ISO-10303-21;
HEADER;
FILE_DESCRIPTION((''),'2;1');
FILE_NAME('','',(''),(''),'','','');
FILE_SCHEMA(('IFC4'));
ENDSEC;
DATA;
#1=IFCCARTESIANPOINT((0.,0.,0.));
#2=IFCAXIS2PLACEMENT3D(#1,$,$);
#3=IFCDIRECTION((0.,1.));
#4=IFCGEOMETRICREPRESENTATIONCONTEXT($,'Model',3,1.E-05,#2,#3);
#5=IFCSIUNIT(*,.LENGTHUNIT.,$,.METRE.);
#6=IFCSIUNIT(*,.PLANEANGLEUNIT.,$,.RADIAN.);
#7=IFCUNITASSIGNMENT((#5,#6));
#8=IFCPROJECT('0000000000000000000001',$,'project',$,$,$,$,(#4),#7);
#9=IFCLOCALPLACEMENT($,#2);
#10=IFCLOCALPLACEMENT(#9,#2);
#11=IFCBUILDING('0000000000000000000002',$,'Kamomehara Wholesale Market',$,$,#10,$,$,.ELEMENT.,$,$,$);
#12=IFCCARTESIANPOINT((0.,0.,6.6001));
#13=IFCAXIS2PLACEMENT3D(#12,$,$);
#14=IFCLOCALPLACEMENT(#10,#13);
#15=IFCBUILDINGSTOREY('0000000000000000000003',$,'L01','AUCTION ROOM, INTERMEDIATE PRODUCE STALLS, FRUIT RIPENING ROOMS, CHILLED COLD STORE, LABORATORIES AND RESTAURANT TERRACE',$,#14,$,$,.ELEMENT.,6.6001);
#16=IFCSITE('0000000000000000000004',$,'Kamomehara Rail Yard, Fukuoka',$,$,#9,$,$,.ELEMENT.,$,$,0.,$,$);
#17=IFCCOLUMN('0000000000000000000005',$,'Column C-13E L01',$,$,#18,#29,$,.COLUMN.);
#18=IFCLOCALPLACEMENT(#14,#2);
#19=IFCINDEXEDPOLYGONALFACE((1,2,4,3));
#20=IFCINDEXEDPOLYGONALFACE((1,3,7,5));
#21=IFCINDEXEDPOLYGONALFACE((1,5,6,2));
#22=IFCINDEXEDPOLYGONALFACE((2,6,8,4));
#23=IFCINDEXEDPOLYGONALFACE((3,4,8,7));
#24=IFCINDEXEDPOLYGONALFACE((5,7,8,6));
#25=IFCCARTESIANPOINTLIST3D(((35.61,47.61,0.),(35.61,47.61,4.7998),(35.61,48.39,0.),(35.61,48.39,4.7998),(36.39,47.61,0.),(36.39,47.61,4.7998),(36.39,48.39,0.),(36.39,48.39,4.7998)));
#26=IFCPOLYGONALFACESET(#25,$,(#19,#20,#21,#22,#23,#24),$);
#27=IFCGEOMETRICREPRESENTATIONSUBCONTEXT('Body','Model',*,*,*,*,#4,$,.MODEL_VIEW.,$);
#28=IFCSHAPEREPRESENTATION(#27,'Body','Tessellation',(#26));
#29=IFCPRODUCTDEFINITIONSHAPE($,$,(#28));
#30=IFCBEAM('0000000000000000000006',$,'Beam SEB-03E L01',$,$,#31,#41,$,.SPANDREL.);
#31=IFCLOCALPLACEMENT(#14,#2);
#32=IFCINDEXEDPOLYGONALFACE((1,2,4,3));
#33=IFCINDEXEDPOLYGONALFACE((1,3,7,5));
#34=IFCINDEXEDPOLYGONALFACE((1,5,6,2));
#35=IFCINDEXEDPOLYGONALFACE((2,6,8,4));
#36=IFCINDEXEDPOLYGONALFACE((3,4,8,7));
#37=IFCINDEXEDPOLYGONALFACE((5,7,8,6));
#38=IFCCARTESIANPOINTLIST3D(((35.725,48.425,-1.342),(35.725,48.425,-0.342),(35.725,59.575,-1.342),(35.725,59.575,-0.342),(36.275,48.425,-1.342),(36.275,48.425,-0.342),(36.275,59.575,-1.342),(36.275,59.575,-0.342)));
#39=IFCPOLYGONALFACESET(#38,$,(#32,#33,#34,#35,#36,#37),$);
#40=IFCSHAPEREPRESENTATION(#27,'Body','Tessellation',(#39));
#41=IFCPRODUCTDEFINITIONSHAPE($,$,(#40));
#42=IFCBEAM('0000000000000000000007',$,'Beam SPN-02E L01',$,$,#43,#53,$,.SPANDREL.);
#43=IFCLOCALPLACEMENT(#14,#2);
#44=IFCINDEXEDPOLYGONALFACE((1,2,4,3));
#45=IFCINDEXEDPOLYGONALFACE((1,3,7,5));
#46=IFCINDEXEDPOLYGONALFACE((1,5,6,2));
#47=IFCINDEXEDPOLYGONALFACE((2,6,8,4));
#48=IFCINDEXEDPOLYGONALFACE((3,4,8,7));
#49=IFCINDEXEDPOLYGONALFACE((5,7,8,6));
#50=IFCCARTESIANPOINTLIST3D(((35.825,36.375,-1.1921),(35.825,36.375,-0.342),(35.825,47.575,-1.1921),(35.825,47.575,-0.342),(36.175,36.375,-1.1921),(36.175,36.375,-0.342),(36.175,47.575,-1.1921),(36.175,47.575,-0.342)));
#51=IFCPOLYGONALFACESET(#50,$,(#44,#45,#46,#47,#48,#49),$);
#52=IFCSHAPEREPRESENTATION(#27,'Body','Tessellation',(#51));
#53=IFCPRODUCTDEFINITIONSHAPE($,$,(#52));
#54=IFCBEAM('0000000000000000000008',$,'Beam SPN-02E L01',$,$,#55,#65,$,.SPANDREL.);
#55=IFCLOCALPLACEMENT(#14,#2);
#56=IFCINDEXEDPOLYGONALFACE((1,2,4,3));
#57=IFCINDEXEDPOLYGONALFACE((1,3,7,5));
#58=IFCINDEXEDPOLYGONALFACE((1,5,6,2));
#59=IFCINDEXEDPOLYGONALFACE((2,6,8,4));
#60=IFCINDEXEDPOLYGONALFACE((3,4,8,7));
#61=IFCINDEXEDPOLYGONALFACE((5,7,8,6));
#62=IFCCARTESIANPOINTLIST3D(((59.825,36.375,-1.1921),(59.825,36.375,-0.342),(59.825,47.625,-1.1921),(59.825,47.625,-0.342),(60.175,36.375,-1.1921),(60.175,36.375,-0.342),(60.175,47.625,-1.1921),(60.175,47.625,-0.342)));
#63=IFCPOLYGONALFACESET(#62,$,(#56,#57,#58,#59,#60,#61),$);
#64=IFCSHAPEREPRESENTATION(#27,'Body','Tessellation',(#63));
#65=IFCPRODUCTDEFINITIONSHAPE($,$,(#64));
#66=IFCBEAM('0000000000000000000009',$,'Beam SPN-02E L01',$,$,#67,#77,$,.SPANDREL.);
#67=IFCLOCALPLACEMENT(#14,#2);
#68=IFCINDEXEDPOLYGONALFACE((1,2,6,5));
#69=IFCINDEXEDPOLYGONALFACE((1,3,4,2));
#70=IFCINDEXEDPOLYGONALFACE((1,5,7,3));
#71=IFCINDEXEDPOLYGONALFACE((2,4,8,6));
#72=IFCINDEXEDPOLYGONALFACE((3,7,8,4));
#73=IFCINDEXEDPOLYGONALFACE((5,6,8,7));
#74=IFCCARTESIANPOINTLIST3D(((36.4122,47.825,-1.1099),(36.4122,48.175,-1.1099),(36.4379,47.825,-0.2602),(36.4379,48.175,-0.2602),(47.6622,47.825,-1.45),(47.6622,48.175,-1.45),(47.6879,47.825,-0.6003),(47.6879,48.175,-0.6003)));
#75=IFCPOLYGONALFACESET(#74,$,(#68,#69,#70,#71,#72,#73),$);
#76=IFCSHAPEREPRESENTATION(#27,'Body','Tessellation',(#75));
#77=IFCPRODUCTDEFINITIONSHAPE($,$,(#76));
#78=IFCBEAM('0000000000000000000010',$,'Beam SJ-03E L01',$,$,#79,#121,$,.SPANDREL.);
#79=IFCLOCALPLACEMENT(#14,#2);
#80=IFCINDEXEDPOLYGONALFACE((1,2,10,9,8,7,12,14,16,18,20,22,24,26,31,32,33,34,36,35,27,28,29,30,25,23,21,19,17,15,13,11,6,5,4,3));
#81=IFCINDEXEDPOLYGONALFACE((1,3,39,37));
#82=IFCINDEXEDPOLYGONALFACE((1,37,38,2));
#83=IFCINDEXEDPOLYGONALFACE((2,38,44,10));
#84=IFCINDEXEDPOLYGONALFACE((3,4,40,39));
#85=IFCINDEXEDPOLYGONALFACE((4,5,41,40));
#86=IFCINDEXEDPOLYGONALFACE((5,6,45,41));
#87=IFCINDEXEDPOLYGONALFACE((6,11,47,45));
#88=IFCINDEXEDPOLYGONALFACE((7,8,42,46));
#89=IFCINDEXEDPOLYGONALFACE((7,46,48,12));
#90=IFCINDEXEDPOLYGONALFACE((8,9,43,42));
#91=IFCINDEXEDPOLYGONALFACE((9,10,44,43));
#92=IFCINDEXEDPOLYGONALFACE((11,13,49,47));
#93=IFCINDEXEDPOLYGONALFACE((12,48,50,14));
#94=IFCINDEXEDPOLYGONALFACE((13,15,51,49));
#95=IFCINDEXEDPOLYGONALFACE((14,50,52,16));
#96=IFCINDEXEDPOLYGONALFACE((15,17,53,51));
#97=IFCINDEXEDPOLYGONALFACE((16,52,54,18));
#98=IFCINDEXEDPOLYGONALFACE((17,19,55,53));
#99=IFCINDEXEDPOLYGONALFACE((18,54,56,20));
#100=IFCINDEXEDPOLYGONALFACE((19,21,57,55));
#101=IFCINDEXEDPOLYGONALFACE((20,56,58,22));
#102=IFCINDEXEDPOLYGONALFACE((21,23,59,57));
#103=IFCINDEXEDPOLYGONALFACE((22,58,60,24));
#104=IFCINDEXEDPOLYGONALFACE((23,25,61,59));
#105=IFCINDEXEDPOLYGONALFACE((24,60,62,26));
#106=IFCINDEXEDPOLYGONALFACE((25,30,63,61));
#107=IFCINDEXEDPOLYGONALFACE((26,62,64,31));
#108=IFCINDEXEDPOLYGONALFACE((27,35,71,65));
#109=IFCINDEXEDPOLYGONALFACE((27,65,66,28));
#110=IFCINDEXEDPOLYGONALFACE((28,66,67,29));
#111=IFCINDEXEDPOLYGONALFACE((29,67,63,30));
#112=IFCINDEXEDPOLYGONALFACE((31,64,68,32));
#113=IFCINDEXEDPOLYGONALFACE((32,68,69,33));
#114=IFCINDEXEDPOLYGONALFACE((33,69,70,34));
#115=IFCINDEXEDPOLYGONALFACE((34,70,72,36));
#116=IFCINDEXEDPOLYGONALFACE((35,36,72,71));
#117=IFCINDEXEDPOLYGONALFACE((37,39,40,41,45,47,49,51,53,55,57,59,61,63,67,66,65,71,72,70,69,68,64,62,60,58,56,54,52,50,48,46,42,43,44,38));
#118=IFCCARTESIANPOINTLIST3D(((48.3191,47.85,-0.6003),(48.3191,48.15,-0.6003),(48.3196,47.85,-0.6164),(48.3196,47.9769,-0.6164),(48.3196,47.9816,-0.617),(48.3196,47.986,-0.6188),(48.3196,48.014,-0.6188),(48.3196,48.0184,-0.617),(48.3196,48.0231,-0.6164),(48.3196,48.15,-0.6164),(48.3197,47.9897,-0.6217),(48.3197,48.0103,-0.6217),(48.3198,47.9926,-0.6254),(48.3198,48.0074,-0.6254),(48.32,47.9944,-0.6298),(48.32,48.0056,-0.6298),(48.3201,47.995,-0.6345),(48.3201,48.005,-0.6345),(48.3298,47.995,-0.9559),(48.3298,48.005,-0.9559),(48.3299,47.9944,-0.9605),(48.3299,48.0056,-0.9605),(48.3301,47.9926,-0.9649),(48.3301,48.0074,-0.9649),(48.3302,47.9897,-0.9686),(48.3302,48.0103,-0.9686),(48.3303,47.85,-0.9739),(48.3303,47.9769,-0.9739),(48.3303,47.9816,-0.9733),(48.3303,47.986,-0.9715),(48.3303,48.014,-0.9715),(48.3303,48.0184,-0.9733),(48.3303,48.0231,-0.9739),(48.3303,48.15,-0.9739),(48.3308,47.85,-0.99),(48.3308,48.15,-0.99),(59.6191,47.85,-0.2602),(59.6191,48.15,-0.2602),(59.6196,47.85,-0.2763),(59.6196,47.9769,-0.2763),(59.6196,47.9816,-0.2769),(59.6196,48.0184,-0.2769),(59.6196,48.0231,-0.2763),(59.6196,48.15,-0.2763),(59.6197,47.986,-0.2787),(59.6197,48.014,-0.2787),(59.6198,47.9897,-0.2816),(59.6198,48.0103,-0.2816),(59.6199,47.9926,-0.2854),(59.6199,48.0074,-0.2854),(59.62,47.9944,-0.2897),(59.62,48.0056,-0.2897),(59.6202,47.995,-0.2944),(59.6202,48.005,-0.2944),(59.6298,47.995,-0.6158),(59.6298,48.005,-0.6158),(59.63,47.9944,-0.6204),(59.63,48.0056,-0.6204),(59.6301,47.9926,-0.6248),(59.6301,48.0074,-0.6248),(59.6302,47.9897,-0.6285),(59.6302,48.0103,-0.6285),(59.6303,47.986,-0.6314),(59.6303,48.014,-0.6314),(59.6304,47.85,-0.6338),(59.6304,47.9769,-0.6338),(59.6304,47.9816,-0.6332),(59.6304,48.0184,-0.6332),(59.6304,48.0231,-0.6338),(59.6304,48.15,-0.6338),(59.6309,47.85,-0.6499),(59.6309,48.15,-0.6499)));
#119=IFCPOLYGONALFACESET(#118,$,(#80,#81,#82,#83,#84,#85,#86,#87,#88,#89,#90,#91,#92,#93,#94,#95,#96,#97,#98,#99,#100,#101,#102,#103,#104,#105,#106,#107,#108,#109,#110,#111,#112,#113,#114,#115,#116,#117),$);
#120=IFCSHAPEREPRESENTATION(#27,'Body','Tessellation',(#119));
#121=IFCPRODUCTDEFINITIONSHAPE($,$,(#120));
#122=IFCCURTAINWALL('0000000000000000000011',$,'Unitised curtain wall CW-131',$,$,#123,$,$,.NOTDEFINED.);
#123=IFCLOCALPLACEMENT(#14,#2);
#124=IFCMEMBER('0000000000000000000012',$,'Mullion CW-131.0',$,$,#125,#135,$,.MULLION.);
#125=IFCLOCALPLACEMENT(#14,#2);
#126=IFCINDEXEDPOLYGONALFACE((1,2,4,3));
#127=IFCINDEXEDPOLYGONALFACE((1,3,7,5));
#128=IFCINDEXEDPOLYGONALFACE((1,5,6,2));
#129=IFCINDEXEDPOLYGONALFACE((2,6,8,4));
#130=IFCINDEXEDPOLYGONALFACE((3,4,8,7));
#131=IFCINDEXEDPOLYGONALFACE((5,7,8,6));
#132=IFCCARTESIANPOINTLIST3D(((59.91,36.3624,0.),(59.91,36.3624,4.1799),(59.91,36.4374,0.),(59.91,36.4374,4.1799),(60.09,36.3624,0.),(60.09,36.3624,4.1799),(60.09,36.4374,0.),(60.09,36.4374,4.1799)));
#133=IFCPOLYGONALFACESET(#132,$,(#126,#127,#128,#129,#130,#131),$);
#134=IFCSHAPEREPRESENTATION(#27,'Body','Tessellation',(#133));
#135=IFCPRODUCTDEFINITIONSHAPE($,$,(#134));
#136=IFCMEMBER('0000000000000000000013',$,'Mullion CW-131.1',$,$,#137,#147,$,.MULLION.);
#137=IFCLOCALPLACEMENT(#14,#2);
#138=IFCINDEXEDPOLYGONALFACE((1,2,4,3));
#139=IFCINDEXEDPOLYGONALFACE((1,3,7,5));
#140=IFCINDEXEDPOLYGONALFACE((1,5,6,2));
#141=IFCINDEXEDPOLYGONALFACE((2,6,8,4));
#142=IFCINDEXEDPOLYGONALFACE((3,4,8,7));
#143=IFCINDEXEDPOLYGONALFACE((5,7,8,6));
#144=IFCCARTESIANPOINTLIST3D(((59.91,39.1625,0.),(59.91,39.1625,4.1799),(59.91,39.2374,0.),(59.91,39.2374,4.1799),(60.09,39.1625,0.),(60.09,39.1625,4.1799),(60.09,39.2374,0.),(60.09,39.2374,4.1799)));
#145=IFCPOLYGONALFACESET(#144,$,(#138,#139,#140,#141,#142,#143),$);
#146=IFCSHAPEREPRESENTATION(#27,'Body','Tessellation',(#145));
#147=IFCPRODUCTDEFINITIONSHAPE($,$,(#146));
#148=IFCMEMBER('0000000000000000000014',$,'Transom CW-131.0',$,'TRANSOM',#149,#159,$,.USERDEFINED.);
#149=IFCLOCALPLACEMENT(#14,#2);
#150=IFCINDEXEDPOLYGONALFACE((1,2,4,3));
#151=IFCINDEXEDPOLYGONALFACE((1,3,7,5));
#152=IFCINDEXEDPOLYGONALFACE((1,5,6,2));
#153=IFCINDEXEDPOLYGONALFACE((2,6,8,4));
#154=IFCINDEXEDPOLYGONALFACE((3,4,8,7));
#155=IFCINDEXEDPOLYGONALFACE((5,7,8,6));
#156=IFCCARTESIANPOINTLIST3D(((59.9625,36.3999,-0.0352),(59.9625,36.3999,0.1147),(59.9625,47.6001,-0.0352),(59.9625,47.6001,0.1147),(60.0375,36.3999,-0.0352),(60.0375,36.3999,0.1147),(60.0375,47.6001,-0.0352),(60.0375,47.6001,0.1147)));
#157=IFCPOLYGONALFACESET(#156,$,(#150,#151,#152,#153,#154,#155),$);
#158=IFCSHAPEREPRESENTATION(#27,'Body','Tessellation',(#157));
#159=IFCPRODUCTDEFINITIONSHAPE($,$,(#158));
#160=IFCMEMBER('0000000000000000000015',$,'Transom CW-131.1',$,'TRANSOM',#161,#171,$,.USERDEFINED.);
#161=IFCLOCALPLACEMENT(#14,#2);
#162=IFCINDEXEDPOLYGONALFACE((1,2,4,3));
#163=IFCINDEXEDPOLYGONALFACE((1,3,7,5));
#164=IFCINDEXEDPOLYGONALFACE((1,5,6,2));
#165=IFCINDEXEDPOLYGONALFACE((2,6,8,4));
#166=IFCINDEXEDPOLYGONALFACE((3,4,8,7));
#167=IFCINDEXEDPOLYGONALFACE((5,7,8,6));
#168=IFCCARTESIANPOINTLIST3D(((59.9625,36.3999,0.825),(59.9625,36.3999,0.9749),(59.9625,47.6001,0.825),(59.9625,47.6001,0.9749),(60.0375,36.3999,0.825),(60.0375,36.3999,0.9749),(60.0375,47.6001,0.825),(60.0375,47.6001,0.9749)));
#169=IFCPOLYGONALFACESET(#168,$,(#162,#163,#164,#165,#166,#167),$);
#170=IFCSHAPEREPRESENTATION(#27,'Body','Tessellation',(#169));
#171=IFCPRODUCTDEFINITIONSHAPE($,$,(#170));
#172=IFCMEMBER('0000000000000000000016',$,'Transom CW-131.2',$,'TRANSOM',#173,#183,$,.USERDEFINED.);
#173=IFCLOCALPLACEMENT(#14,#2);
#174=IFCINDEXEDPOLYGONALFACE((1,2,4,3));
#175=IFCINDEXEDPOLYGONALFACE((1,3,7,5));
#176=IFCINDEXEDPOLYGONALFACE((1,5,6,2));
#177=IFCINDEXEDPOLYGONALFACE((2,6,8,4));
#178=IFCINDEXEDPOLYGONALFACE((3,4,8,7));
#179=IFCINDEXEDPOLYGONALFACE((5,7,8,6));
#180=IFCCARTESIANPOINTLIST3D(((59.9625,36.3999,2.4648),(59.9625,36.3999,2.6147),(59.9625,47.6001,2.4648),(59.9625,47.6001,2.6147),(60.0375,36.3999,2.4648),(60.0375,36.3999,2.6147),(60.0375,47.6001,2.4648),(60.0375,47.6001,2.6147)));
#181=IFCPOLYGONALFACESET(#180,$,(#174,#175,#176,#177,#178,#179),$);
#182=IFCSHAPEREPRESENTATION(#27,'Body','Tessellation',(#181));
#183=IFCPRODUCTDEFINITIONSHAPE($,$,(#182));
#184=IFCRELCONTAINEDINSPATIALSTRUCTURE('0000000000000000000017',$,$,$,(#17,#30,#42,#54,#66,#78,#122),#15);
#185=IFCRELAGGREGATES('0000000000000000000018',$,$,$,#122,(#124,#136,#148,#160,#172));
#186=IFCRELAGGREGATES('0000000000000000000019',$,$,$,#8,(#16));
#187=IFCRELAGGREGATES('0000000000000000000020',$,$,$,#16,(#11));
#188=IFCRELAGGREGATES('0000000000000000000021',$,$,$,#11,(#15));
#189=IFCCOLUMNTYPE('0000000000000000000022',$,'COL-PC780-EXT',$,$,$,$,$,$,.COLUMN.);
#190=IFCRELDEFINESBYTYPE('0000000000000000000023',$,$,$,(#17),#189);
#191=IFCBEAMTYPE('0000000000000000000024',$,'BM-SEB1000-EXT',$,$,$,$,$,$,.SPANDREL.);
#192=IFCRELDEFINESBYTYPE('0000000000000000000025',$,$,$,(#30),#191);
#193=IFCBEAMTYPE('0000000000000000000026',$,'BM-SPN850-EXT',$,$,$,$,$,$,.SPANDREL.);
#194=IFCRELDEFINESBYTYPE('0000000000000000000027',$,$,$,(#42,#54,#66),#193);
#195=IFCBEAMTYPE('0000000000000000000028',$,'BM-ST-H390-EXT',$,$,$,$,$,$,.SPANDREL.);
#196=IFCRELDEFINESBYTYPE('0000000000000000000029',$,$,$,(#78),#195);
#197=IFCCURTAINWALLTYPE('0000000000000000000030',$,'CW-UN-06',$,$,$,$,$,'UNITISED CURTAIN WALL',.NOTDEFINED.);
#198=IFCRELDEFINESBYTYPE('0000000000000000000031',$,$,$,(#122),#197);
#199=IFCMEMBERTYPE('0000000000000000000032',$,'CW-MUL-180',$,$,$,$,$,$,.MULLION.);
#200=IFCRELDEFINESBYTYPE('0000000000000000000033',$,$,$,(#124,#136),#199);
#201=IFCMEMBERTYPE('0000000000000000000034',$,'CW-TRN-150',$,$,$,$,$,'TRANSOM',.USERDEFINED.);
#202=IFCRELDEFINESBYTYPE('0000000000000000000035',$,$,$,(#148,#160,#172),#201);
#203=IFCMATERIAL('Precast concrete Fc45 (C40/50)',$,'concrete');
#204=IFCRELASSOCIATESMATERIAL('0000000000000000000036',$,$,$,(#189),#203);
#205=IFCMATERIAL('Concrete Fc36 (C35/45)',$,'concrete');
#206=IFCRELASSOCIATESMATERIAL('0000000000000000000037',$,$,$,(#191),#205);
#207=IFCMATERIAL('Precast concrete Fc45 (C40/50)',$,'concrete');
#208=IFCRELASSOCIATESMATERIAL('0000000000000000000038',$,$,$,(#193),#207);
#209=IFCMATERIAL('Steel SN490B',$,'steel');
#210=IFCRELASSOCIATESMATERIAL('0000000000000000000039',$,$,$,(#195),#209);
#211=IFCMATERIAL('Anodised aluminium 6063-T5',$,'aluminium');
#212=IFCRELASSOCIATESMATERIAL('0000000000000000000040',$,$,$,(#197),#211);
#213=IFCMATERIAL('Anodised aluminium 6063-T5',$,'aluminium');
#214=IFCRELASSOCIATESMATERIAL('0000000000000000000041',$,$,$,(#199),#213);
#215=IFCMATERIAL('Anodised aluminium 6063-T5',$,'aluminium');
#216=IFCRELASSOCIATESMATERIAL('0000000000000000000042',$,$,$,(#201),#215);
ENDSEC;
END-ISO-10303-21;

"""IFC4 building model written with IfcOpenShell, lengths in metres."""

from ifc_helpers import new_model, si_unit, direction, frame, origin, origin_2d, place, context, subcontext, project, spatial, rectangle, i_section, extrude, material, material_profile, profile_set, type_object, element, aggregate, save


model = new_model("IFC4")

# Units and contexts
model_context = context("Model", 3, precision=1e-05, world=origin(), true_north=direction((0.0, 1.0)))
body_context = subcontext(model_context, "Body", "Model", "MODEL_VIEW")
ifc_project = project(units=[si_unit("LENGTHUNIT", "METRE"), si_unit("PLANEANGLEUNIT", "RADIAN")], contexts=[model_context])

# Site, building, storey
site_placement = place(None, origin())
site = spatial("IfcSite", under=ifc_project, at=site_placement, Name="Kamomehara Rail Yard, Fukuoka", CompositionType="ELEMENT", RefElevation=0.0)
building_placement = place(site_placement, origin())
building = spatial("IfcBuilding", under=site, at=building_placement, Name="Kamomehara Wholesale Market", CompositionType="ELEMENT")
storey_placement = place(building_placement, frame((0.0, 0.0, 6.6001)))
storey = spatial("IfcBuildingStorey", under=building, at=storey_placement, Name="L01", Description="AUCTION ROOM, INTERMEDIATE PRODUCE STALLS, FRUIT RIPENING ROOMS, CHILLED COLD STORE, LABORATORIES AND RESTAURANT TERRACE", CompositionType="ELEMENT", Elevation=6.6001)

# Column
ifc_material_1 = material(Name="Precast concrete Fc45 (C40/50)", Category="concrete")
ifc_material_profile_1 = material_profile(ifc_material_1, rectangle(XDim=0.78, YDim=0.78, at=origin_2d()), Name="PC-COL-780x780")
ifc_profile_set_1 = profile_set([ifc_material_profile_1], Name="Precast concrete Fc45 (C40/50)")
column_type = type_object("IfcColumnType", Name="COL-PC780-EXT", PredefinedType="COLUMN", material=ifc_profile_set_1)
column_placement = place(storey_placement, frame((36.0, 48.0, 0.0), z_axis=(0.0, 0.0, 1.0), x_axis=(1.0, 0.0, 0.0)))
element("IfcColumn", 1, at=column_placement, inside=storey, type_object=column_type, Name="Column C-13E L01", PredefinedType="COLUMN", context=body_context, shape_type="SweptSolid", body=[
    extrude(rectangle(XDim=0.78, YDim=0.78, at=origin_2d()), origin(), (0.0, 0.0, 1.0), 4.7998),
])

# Beams
ifc_material_2 = material(Name="Concrete Fc36 (C35/45)", Category="concrete")
ifc_material_profile_2 = material_profile(ifc_material_2, rectangle(XDim=0.55, YDim=1.0, at=origin_2d()), Name="RC-SEB-550x1000")
ifc_profile_set_2 = profile_set([ifc_material_profile_2], Name="Concrete Fc36 (C35/45)")
beam_type_1 = type_object("IfcBeamType", Name="BM-SEB1000-EXT", PredefinedType="SPANDREL", material=ifc_profile_set_2)
beam_1_placement = place(storey_placement, frame((36.0, 48.425, -0.842), z_axis=(0.0, 1.0, 0.0), x_axis=(-1.0, 0.0, 0.0)))
element("IfcBeam", 2, at=beam_1_placement, inside=storey, type_object=beam_type_1, Name="Beam SEB-03E L01", PredefinedType="SPANDREL", context=body_context, shape_type="SweptSolid", body=[
    extrude(rectangle(XDim=0.55, YDim=1.0, at=origin_2d()), origin(), (0.0, 0.0, 1.0), 11.1499),
])
ifc_material_3 = material(Name="Precast concrete Fc45 (C40/50)", Category="concrete")
ifc_material_profile_3 = material_profile(ifc_material_3, rectangle(XDim=0.3501, YDim=0.8501, at=origin_2d()), Name="PC-SPN-350x850")
ifc_profile_set_3 = profile_set([ifc_material_profile_3], Name="Precast concrete Fc45 (C40/50)")
beam_type_2 = type_object("IfcBeamType", Name="BM-SPN850-EXT", PredefinedType="SPANDREL", material=ifc_profile_set_3)
beam_2_placement = place(storey_placement, frame((36.0, 36.375, -0.7671), z_axis=(0.0, 1.0, 0.0), x_axis=(-1.0, 0.0, 0.0)))
element("IfcBeam", 3, at=beam_2_placement, inside=storey, type_object=beam_type_2, Name="Beam SPN-02E L01", PredefinedType="SPANDREL", context=body_context, shape_type="SweptSolid", body=[
    extrude(rectangle(XDim=0.3501, YDim=0.8501, at=origin_2d()), origin(), (0.0, 0.0, 1.0), 11.2),
])
beam_3_placement = place(storey_placement, frame((60.0, 36.375, -0.7671), z_axis=(0.0, 1.0, 0.0), x_axis=(-1.0, 0.0, 0.0)))
element("IfcBeam", 4, at=beam_3_placement, inside=storey, type_object=beam_type_2, Name="Beam SPN-02E L01", PredefinedType="SPANDREL", context=body_context, shape_type="SweptSolid", body=[
    extrude(rectangle(XDim=0.3501, YDim=0.8501, at=origin_2d()), origin(), (0.0, 0.0, 1.0), 11.25),
])
beam_4_placement = place(storey_placement, frame((36.425, 48.0, -0.6851), z_axis=(0.999543, 0.0, -0.030216), x_axis=(0.0, 1.0, 0.0)))
element("IfcBeam", 5, at=beam_4_placement, inside=storey, type_object=beam_type_2, Name="Beam SPN-02E L01", PredefinedType="SPANDREL", context=body_context, shape_type="SweptSolid", body=[
    extrude(rectangle(XDim=0.3501, YDim=0.8501, at=origin_2d()), origin(), (0.0, 0.0, 1.0), 11.2551),
])
ifc_material_4 = material(Name="Steel SN490B", Category="steel")
ifc_material_profile_4 = material_profile(ifc_material_4, i_section(OverallWidth=0.3, OverallDepth=0.3899, WebThickness=0.01, FlangeThickness=0.0161, FilletRadius=0.0181, at=origin_2d()), Name="H-390x300x10x16")
ifc_profile_set_4 = profile_set([ifc_material_profile_4], Name="Steel SN490B")
beam_type_3 = type_object("IfcBeamType", Name="BM-ST-H390-EXT", PredefinedType="SPANDREL", material=ifc_profile_set_4)
beam_5_placement = place(storey_placement, frame((48.325, 48.0, -0.7952), z_axis=(0.999547, 0.0, 0.030083), x_axis=(0.0, 1.0, 0.0)))
element("IfcBeam", 6, at=beam_5_placement, inside=storey, type_object=beam_type_3, Name="Beam SJ-03E L01", PredefinedType="SPANDREL", context=body_context, shape_type="SweptSolid", body=[
    extrude(i_section(OverallWidth=0.3, OverallDepth=0.3899, WebThickness=0.01, FlangeThickness=0.0161, FilletRadius=0.0181, at=origin_2d()), origin(), (0.0, 0.0, 1.0), 11.3052),
])

# Curtain wall, members
ifc_material_5 = material(Name="Anodised aluminium 6063-T5", Category="aluminium")
curtain_wall_type = type_object("IfcCurtainWallType", Name="CW-UN-06", ElementType="UNITISED CURTAIN WALL", PredefinedType="NOTDEFINED", material=ifc_material_5)
curtain_wall_placement = place(storey_placement, origin())
curtain_wall = element("IfcCurtainWall", 7, at=curtain_wall_placement, inside=storey, type_object=curtain_wall_type, Name="Unitised curtain wall CW-131", PredefinedType="NOTDEFINED")
ifc_material_6 = material(Name="Anodised aluminium 6063-T5", Category="aluminium")
ifc_material_profile_5 = material_profile(ifc_material_6, rectangle(XDim=0.075, YDim=0.1799, at=origin_2d()), Name="ALU-MUL-75x180")
ifc_profile_set_5 = profile_set([ifc_material_profile_5], Name="Anodised aluminium 6063-T5")
member_type_1 = type_object("IfcMemberType", Name="CW-MUL-180", PredefinedType="MULLION", material=ifc_profile_set_5)
member_1_placement = place(storey_placement, frame((60.0, 36.3999, 0.0), z_axis=(0.0, 0.0, 1.0), x_axis=(0.0, 1.0, 0.0)))
member_1 = element("IfcMember", 8, at=member_1_placement, type_object=member_type_1, Name="Mullion CW-131.0", PredefinedType="MULLION", context=body_context, shape_type="SweptSolid", body=[
    extrude(rectangle(XDim=0.075, YDim=0.1799, at=origin_2d()), origin(), (0.0, 0.0, 1.0), 4.1799),
])
member_2_placement = place(storey_placement, frame((60.0, 39.2, 0.0), z_axis=(0.0, 0.0, 1.0), x_axis=(0.0, 1.0, 0.0)))
member_2 = element("IfcMember", 9, at=member_2_placement, type_object=member_type_1, Name="Mullion CW-131.1", PredefinedType="MULLION", context=body_context, shape_type="SweptSolid", body=[
    extrude(rectangle(XDim=0.075, YDim=0.1799, at=origin_2d()), origin(), (0.0, 0.0, 1.0), 4.1799),
])
ifc_material_7 = material(Name="Anodised aluminium 6063-T5", Category="aluminium")
ifc_material_profile_6 = material_profile(ifc_material_7, rectangle(XDim=0.075, YDim=0.1499, at=origin_2d()), Name="ALU-TRN-75x150")
ifc_profile_set_6 = profile_set([ifc_material_profile_6], Name="Anodised aluminium 6063-T5")
member_type_2 = type_object("IfcMemberType", Name="CW-TRN-150", ElementType="TRANSOM", PredefinedType="USERDEFINED", material=ifc_profile_set_6)
member_3_placement = place(storey_placement, frame((60.0, 36.3999, 0.0398), z_axis=(0.0, 1.0, 0.0), x_axis=(-1.0, 0.0, 0.0)))
member_3 = element("IfcMember", 10, at=member_3_placement, type_object=member_type_2, Name="Transom CW-131.0", ObjectType="TRANSOM", PredefinedType="USERDEFINED", context=body_context, shape_type="SweptSolid", body=[
    extrude(rectangle(XDim=0.075, YDim=0.1499, at=origin_2d()), origin(), (0.0, 0.0, 1.0), 11.2002),
])
member_4_placement = place(storey_placement, frame((60.0, 36.3999, 0.8999), z_axis=(0.0, 1.0, 0.0), x_axis=(-1.0, 0.0, 0.0)))
member_4 = element("IfcMember", 11, at=member_4_placement, type_object=member_type_2, Name="Transom CW-131.1", ObjectType="TRANSOM", PredefinedType="USERDEFINED", context=body_context, shape_type="SweptSolid", body=[
    extrude(rectangle(XDim=0.075, YDim=0.1499, at=origin_2d()), origin(), (0.0, 0.0, 1.0), 11.2002),
])
member_5_placement = place(storey_placement, frame((60.0, 36.3999, 2.5398), z_axis=(0.0, 1.0, 0.0), x_axis=(-1.0, 0.0, 0.0)))
member_5 = element("IfcMember", 12, at=member_5_placement, type_object=member_type_2, Name="Transom CW-131.2", ObjectType="TRANSOM", PredefinedType="USERDEFINED", context=body_context, shape_type="SweptSolid", body=[
    extrude(rectangle(XDim=0.075, YDim=0.1499, at=origin_2d()), origin(), (0.0, 0.0, 1.0), 11.2002),
])
aggregate(curtain_wall, [member_1, member_2, member_3, member_4, member_5])

save(model, "model.ifc")
